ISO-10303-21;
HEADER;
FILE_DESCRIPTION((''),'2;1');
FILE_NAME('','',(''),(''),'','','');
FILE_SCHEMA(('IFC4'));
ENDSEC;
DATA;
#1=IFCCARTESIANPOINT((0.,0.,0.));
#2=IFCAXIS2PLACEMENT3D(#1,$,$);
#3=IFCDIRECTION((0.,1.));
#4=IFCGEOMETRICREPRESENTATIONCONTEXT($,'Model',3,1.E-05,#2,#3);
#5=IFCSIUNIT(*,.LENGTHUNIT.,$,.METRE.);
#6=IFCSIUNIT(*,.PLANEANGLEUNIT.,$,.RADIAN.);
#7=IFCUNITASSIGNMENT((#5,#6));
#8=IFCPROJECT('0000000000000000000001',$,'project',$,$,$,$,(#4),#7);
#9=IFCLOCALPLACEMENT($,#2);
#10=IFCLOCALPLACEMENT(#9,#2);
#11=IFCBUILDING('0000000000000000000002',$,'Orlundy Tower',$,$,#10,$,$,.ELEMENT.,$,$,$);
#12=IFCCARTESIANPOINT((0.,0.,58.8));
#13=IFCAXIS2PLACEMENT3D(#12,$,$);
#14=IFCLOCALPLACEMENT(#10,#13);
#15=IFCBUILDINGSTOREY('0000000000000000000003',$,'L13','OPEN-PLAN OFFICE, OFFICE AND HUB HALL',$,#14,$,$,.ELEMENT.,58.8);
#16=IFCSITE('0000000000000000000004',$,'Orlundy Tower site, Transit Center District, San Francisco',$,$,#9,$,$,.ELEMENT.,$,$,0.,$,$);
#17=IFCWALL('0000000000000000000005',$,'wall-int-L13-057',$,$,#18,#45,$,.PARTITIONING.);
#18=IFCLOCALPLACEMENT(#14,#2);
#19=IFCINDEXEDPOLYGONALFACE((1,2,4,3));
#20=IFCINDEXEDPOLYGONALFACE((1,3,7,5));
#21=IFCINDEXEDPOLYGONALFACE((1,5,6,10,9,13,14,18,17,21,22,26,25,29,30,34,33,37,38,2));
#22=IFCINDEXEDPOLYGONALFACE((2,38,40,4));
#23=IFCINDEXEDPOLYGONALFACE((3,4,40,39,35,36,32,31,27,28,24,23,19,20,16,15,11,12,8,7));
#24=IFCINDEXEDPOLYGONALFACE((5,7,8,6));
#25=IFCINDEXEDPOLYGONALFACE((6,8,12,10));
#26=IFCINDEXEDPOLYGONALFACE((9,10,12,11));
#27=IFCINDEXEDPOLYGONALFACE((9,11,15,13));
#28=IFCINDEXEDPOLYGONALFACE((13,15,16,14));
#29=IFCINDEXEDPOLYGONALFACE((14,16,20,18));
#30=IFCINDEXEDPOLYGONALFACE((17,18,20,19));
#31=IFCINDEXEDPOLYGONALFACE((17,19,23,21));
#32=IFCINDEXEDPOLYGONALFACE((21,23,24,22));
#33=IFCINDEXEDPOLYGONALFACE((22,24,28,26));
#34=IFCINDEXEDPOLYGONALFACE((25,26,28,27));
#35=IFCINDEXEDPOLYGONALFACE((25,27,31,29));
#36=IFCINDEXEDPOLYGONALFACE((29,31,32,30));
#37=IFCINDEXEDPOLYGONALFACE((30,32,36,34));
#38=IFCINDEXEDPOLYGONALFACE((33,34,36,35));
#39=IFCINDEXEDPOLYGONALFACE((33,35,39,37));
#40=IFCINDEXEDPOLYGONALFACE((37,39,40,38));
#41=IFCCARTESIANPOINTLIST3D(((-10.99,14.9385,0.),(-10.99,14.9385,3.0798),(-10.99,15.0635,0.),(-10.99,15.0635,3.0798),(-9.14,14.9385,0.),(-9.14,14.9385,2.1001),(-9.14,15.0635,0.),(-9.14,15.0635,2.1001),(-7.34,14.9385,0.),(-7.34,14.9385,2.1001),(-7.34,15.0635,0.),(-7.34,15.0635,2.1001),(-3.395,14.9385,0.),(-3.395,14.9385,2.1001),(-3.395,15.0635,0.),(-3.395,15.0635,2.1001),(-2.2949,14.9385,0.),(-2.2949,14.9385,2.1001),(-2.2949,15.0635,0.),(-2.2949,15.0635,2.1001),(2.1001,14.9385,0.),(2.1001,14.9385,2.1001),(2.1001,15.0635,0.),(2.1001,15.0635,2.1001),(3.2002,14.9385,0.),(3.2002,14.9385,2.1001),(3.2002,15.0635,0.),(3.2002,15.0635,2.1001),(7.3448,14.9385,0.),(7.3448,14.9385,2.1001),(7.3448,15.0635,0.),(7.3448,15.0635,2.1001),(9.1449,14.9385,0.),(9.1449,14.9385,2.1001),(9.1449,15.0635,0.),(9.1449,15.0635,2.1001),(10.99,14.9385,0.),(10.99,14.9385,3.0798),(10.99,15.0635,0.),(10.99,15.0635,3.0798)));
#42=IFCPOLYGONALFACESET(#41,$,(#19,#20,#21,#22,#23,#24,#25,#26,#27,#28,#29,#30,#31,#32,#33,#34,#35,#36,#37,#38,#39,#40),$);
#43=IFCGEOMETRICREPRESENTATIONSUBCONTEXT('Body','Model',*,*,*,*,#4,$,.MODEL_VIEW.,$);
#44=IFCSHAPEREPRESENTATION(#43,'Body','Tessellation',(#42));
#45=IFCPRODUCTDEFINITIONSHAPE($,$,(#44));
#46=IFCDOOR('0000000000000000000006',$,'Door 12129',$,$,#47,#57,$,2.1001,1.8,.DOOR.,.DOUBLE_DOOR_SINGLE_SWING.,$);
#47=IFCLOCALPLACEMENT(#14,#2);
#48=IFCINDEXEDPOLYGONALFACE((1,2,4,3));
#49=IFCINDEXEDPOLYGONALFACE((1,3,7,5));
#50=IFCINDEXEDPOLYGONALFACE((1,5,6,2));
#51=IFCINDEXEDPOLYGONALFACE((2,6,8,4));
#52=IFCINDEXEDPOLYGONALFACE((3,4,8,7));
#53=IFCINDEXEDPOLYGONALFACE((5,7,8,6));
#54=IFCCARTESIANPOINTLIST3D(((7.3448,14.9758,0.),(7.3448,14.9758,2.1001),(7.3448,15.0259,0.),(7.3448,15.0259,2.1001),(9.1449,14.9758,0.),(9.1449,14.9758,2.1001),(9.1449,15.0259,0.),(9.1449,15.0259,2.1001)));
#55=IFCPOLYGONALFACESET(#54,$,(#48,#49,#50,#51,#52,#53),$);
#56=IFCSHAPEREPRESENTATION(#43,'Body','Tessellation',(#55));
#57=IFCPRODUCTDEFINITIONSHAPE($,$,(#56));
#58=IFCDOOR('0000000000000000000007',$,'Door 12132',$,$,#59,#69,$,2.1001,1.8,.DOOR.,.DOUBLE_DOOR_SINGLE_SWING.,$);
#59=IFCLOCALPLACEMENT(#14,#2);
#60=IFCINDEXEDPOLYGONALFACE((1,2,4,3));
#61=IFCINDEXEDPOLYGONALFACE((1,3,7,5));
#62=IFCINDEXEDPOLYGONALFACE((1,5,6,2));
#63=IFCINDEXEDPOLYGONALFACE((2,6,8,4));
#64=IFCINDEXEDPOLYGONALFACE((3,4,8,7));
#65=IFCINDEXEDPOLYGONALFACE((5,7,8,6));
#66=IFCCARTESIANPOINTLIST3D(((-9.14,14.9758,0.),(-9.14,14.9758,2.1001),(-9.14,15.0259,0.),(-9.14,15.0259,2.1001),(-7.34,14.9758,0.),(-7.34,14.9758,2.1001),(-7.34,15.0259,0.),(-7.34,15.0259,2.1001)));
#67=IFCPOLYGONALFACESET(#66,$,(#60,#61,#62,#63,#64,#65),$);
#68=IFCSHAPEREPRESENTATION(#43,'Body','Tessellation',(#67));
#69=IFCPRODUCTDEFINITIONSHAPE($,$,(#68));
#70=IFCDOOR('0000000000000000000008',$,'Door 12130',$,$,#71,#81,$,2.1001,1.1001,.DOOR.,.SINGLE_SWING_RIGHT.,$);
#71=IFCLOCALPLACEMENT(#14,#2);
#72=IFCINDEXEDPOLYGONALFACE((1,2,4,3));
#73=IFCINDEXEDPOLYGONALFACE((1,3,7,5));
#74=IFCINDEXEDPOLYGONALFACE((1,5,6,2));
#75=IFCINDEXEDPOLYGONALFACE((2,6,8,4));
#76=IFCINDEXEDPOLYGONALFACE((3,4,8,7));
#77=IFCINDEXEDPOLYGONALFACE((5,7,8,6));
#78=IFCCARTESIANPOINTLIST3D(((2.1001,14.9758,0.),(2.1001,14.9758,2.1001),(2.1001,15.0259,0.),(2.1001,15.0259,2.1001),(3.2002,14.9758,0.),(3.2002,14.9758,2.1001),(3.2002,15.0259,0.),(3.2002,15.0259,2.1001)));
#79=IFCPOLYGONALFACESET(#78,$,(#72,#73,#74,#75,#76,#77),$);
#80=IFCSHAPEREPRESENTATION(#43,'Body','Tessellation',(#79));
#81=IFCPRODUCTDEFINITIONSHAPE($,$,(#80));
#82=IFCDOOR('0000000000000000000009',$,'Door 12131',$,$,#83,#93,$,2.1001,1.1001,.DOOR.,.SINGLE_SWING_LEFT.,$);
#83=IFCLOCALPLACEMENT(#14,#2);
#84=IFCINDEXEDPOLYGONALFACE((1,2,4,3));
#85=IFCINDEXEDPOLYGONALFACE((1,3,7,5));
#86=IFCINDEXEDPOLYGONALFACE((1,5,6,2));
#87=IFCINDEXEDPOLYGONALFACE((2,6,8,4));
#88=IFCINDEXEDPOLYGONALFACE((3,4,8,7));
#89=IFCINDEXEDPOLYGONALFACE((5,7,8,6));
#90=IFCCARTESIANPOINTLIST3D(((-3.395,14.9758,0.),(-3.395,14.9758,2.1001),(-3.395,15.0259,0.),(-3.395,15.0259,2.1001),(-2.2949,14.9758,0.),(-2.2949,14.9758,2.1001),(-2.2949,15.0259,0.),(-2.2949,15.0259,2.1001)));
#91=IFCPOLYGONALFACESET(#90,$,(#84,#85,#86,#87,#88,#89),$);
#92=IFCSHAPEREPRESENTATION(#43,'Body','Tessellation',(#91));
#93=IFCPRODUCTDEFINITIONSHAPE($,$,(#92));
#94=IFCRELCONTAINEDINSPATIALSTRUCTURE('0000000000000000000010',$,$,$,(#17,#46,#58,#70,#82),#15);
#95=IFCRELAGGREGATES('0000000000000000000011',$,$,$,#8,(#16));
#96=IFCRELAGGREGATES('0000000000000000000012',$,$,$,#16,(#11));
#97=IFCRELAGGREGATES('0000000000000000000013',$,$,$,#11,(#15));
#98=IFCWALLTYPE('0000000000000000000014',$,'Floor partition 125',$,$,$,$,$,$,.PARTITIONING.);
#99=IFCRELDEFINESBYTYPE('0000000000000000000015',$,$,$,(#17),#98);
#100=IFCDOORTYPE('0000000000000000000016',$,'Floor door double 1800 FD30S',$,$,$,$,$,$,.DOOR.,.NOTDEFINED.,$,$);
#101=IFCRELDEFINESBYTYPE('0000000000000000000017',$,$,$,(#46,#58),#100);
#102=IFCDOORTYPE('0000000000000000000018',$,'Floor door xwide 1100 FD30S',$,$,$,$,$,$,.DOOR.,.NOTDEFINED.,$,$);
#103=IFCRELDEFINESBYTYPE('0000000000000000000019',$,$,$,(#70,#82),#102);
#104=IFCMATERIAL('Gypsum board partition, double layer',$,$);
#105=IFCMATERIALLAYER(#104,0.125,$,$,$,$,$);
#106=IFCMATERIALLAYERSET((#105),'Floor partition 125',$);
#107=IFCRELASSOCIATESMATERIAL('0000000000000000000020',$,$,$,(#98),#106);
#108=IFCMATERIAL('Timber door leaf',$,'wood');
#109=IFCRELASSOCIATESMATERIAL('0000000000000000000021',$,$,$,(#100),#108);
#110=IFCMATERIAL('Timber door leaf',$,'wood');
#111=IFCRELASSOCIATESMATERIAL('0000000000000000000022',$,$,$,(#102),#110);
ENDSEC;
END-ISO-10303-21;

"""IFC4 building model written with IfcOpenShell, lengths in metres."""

from ifc_helpers import new_model, si_unit, direction, frame, frame_2d, origin, place, context, subcontext, project, spatial, rectangle, extrude, material, layer, layer_set, type_object, element, fill, save


model = new_model("IFC4")

# Units and contexts
model_context = context("Model", 3, precision=1e-05, world=origin(), true_north=direction((0.0, 1.0)))
body_context = subcontext(model_context, "Body", "Model", "MODEL_VIEW")
ifc_project = project(units=[si_unit("LENGTHUNIT", "METRE"), si_unit("PLANEANGLEUNIT", "RADIAN")], contexts=[model_context])

# Site, building, storey
site_placement = place(None, origin())
site = spatial("IfcSite", under=ifc_project, at=site_placement, Name="Orlundy Tower site, Transit Center District, San Francisco", CompositionType="ELEMENT", RefElevation=0.0)
building_placement = place(site_placement, origin())
building = spatial("IfcBuilding", under=site, at=building_placement, Name="Orlundy Tower", CompositionType="ELEMENT")
storey_placement = place(building_placement, frame((0.0, 0.0, 58.8)))
storey = spatial("IfcBuildingStorey", under=building, at=storey_placement, Name="L13", Description="OPEN-PLAN OFFICE, OFFICE AND HUB HALL", CompositionType="ELEMENT", Elevation=58.8)

# Wall, openings, doors
ifc_material_1 = material(Name="Gypsum board partition, double layer")
ifc_layer_1 = layer(ifc_material_1, 0.125)
ifc_layer_set_1 = layer_set([ifc_layer_1], Name="Floor partition 125")
wall_type_1 = type_object("IfcWallType", Name="Floor partition 125", PredefinedType="PARTITIONING", material=ifc_layer_set_1)
wall_1_placement = place(storey_placement, frame((-10.99, 15.001, 0.0), z_axis=(0.0, 0.0, 1.0), x_axis=(1.0, 0.0, 0.0)))
wall_1 = element("IfcWall", 1, at=wall_1_placement, inside=storey, type_object=wall_type_1, Name="wall-int-L13-057", PredefinedType="PARTITIONING", context=body_context, shape_type="SweptSolid", body=[
    extrude(rectangle(XDim=21.98, YDim=0.125, at=frame_2d((10.99, 0.0))), origin(), (0.0, 0.0, 1.0), 3.0798),
])
opening_1_placement = place(wall_1_placement, frame((18.335, 0.0, 0.0)))
opening_1 = element("IfcOpeningElement", 2, at=opening_1_placement, cuts=wall_1, PredefinedType="OPENING", context=body_context, shape_type="SweptSolid", body=[
    extrude(rectangle(XDim=1.8, YDim=2.1001, at=frame_2d((0.8999, 1.05))), frame((0.0, 0.0725, 0.0), z_axis=(0.0, -1.0, 0.0), x_axis=(1.0, 0.0, 0.0)), (0.0, 0.0, 1.0), 0.145),
])
opening_2_placement = place(wall_1_placement, frame((13.0901, 0.0, 0.0)))
opening_2 = element("IfcOpeningElement", 3, at=opening_2_placement, cuts=wall_1, PredefinedType="OPENING", context=body_context, shape_type="SweptSolid", body=[
    extrude(rectangle(XDim=1.1001, YDim=2.1001, at=frame_2d((0.55, 1.05))), frame((0.0, 0.0725, 0.0), z_axis=(0.0, -1.0, 0.0), x_axis=(1.0, 0.0, 0.0)), (0.0, 0.0, 1.0), 0.145),
])
opening_3_placement = place(wall_1_placement, frame((7.595, 0.0, 0.0)))
opening_3 = element("IfcOpeningElement", 4, at=opening_3_placement, cuts=wall_1, PredefinedType="OPENING", context=body_context, shape_type="SweptSolid", body=[
    extrude(rectangle(XDim=1.1001, YDim=2.1001, at=frame_2d((0.55, 1.05))), frame((0.0, 0.0725, 0.0), z_axis=(0.0, -1.0, 0.0), x_axis=(1.0, 0.0, 0.0)), (0.0, 0.0, 1.0), 0.145),
])
opening_4_placement = place(wall_1_placement, frame((1.8501, 0.0, 0.0)))
opening_4 = element("IfcOpeningElement", 5, at=opening_4_placement, cuts=wall_1, PredefinedType="OPENING", context=body_context, shape_type="SweptSolid", body=[
    extrude(rectangle(XDim=1.8, YDim=2.1001, at=frame_2d((0.8999, 1.05))), frame((0.0, 0.0725, 0.0), z_axis=(0.0, -1.0, 0.0), x_axis=(1.0, 0.0, 0.0)), (0.0, 0.0, 1.0), 0.145),
])
ifc_material_2 = material(Name="Timber door leaf", Category="wood")
door_type_1 = type_object("IfcDoorType", Name="Floor door double 1800 FD30S", OperationType="NOTDEFINED", PredefinedType="DOOR", material=ifc_material_2)
door_1_placement = place(opening_1_placement, origin())
door_1 = element("IfcDoor", 6, at=door_1_placement, inside=storey, type_object=door_type_1, Name="Door 12129", OperationType="DOUBLE_DOOR_SINGLE_SWING", OverallHeight=2.1001, OverallWidth=1.8, PredefinedType="DOOR", context=body_context, shape_type="SweptSolid", body=[
    extrude(rectangle(XDim=1.8, YDim=2.1001, at=frame_2d((0.8999, 1.05))), frame((0.0, 0.0249, 0.0), z_axis=(0.0, -1.0, 0.0), x_axis=(1.0, 0.0, 0.0)), (0.0, 0.0, 1.0), 0.05),
])
fill(opening_1, door_1)
door_2_placement = place(opening_4_placement, origin())
door_2 = element("IfcDoor", 7, at=door_2_placement, inside=storey, type_object=door_type_1, Name="Door 12132", OperationType="DOUBLE_DOOR_SINGLE_SWING", OverallHeight=2.1001, OverallWidth=1.8, PredefinedType="DOOR", context=body_context, shape_type="SweptSolid", body=[
    extrude(rectangle(XDim=1.8, YDim=2.1001, at=frame_2d((0.8999, 1.05))), frame((0.0, 0.0249, 0.0), z_axis=(0.0, -1.0, 0.0), x_axis=(1.0, 0.0, 0.0)), (0.0, 0.0, 1.0), 0.05),
])
fill(opening_4, door_2)
ifc_material_3 = material(Name="Timber door leaf", Category="wood")
door_type_2 = type_object("IfcDoorType", Name="Floor door xwide 1100 FD30S", OperationType="NOTDEFINED", PredefinedType="DOOR", material=ifc_material_3)
door_3_placement = place(opening_2_placement, origin())
door_3 = element("IfcDoor", 8, at=door_3_placement, inside=storey, type_object=door_type_2, Name="Door 12130", OperationType="SINGLE_SWING_RIGHT", OverallHeight=2.1001, OverallWidth=1.1001, PredefinedType="DOOR", context=body_context, shape_type="SweptSolid", body=[
    extrude(rectangle(XDim=1.1001, YDim=2.1001, at=frame_2d((0.55, 1.05))), frame((0.0, 0.0249, 0.0), z_axis=(0.0, -1.0, 0.0), x_axis=(1.0, 0.0, 0.0)), (0.0, 0.0, 1.0), 0.05),
])
fill(opening_2, door_3)
door_4_placement = place(opening_3_placement, origin())
door_4 = element("IfcDoor", 9, at=door_4_placement, inside=storey, type_object=door_type_2, Name="Door 12131", OperationType="SINGLE_SWING_LEFT", OverallHeight=2.1001, OverallWidth=1.1001, PredefinedType="DOOR", context=body_context, shape_type="SweptSolid", body=[
    extrude(rectangle(XDim=1.1001, YDim=2.1001, at=frame_2d((0.55, 1.05))), frame((0.0, 0.0249, 0.0), z_axis=(0.0, -1.0, 0.0), x_axis=(1.0, 0.0, 0.0)), (0.0, 0.0, 1.0), 0.05),
])
fill(opening_3, door_4)

save(model, "model.ifc")
